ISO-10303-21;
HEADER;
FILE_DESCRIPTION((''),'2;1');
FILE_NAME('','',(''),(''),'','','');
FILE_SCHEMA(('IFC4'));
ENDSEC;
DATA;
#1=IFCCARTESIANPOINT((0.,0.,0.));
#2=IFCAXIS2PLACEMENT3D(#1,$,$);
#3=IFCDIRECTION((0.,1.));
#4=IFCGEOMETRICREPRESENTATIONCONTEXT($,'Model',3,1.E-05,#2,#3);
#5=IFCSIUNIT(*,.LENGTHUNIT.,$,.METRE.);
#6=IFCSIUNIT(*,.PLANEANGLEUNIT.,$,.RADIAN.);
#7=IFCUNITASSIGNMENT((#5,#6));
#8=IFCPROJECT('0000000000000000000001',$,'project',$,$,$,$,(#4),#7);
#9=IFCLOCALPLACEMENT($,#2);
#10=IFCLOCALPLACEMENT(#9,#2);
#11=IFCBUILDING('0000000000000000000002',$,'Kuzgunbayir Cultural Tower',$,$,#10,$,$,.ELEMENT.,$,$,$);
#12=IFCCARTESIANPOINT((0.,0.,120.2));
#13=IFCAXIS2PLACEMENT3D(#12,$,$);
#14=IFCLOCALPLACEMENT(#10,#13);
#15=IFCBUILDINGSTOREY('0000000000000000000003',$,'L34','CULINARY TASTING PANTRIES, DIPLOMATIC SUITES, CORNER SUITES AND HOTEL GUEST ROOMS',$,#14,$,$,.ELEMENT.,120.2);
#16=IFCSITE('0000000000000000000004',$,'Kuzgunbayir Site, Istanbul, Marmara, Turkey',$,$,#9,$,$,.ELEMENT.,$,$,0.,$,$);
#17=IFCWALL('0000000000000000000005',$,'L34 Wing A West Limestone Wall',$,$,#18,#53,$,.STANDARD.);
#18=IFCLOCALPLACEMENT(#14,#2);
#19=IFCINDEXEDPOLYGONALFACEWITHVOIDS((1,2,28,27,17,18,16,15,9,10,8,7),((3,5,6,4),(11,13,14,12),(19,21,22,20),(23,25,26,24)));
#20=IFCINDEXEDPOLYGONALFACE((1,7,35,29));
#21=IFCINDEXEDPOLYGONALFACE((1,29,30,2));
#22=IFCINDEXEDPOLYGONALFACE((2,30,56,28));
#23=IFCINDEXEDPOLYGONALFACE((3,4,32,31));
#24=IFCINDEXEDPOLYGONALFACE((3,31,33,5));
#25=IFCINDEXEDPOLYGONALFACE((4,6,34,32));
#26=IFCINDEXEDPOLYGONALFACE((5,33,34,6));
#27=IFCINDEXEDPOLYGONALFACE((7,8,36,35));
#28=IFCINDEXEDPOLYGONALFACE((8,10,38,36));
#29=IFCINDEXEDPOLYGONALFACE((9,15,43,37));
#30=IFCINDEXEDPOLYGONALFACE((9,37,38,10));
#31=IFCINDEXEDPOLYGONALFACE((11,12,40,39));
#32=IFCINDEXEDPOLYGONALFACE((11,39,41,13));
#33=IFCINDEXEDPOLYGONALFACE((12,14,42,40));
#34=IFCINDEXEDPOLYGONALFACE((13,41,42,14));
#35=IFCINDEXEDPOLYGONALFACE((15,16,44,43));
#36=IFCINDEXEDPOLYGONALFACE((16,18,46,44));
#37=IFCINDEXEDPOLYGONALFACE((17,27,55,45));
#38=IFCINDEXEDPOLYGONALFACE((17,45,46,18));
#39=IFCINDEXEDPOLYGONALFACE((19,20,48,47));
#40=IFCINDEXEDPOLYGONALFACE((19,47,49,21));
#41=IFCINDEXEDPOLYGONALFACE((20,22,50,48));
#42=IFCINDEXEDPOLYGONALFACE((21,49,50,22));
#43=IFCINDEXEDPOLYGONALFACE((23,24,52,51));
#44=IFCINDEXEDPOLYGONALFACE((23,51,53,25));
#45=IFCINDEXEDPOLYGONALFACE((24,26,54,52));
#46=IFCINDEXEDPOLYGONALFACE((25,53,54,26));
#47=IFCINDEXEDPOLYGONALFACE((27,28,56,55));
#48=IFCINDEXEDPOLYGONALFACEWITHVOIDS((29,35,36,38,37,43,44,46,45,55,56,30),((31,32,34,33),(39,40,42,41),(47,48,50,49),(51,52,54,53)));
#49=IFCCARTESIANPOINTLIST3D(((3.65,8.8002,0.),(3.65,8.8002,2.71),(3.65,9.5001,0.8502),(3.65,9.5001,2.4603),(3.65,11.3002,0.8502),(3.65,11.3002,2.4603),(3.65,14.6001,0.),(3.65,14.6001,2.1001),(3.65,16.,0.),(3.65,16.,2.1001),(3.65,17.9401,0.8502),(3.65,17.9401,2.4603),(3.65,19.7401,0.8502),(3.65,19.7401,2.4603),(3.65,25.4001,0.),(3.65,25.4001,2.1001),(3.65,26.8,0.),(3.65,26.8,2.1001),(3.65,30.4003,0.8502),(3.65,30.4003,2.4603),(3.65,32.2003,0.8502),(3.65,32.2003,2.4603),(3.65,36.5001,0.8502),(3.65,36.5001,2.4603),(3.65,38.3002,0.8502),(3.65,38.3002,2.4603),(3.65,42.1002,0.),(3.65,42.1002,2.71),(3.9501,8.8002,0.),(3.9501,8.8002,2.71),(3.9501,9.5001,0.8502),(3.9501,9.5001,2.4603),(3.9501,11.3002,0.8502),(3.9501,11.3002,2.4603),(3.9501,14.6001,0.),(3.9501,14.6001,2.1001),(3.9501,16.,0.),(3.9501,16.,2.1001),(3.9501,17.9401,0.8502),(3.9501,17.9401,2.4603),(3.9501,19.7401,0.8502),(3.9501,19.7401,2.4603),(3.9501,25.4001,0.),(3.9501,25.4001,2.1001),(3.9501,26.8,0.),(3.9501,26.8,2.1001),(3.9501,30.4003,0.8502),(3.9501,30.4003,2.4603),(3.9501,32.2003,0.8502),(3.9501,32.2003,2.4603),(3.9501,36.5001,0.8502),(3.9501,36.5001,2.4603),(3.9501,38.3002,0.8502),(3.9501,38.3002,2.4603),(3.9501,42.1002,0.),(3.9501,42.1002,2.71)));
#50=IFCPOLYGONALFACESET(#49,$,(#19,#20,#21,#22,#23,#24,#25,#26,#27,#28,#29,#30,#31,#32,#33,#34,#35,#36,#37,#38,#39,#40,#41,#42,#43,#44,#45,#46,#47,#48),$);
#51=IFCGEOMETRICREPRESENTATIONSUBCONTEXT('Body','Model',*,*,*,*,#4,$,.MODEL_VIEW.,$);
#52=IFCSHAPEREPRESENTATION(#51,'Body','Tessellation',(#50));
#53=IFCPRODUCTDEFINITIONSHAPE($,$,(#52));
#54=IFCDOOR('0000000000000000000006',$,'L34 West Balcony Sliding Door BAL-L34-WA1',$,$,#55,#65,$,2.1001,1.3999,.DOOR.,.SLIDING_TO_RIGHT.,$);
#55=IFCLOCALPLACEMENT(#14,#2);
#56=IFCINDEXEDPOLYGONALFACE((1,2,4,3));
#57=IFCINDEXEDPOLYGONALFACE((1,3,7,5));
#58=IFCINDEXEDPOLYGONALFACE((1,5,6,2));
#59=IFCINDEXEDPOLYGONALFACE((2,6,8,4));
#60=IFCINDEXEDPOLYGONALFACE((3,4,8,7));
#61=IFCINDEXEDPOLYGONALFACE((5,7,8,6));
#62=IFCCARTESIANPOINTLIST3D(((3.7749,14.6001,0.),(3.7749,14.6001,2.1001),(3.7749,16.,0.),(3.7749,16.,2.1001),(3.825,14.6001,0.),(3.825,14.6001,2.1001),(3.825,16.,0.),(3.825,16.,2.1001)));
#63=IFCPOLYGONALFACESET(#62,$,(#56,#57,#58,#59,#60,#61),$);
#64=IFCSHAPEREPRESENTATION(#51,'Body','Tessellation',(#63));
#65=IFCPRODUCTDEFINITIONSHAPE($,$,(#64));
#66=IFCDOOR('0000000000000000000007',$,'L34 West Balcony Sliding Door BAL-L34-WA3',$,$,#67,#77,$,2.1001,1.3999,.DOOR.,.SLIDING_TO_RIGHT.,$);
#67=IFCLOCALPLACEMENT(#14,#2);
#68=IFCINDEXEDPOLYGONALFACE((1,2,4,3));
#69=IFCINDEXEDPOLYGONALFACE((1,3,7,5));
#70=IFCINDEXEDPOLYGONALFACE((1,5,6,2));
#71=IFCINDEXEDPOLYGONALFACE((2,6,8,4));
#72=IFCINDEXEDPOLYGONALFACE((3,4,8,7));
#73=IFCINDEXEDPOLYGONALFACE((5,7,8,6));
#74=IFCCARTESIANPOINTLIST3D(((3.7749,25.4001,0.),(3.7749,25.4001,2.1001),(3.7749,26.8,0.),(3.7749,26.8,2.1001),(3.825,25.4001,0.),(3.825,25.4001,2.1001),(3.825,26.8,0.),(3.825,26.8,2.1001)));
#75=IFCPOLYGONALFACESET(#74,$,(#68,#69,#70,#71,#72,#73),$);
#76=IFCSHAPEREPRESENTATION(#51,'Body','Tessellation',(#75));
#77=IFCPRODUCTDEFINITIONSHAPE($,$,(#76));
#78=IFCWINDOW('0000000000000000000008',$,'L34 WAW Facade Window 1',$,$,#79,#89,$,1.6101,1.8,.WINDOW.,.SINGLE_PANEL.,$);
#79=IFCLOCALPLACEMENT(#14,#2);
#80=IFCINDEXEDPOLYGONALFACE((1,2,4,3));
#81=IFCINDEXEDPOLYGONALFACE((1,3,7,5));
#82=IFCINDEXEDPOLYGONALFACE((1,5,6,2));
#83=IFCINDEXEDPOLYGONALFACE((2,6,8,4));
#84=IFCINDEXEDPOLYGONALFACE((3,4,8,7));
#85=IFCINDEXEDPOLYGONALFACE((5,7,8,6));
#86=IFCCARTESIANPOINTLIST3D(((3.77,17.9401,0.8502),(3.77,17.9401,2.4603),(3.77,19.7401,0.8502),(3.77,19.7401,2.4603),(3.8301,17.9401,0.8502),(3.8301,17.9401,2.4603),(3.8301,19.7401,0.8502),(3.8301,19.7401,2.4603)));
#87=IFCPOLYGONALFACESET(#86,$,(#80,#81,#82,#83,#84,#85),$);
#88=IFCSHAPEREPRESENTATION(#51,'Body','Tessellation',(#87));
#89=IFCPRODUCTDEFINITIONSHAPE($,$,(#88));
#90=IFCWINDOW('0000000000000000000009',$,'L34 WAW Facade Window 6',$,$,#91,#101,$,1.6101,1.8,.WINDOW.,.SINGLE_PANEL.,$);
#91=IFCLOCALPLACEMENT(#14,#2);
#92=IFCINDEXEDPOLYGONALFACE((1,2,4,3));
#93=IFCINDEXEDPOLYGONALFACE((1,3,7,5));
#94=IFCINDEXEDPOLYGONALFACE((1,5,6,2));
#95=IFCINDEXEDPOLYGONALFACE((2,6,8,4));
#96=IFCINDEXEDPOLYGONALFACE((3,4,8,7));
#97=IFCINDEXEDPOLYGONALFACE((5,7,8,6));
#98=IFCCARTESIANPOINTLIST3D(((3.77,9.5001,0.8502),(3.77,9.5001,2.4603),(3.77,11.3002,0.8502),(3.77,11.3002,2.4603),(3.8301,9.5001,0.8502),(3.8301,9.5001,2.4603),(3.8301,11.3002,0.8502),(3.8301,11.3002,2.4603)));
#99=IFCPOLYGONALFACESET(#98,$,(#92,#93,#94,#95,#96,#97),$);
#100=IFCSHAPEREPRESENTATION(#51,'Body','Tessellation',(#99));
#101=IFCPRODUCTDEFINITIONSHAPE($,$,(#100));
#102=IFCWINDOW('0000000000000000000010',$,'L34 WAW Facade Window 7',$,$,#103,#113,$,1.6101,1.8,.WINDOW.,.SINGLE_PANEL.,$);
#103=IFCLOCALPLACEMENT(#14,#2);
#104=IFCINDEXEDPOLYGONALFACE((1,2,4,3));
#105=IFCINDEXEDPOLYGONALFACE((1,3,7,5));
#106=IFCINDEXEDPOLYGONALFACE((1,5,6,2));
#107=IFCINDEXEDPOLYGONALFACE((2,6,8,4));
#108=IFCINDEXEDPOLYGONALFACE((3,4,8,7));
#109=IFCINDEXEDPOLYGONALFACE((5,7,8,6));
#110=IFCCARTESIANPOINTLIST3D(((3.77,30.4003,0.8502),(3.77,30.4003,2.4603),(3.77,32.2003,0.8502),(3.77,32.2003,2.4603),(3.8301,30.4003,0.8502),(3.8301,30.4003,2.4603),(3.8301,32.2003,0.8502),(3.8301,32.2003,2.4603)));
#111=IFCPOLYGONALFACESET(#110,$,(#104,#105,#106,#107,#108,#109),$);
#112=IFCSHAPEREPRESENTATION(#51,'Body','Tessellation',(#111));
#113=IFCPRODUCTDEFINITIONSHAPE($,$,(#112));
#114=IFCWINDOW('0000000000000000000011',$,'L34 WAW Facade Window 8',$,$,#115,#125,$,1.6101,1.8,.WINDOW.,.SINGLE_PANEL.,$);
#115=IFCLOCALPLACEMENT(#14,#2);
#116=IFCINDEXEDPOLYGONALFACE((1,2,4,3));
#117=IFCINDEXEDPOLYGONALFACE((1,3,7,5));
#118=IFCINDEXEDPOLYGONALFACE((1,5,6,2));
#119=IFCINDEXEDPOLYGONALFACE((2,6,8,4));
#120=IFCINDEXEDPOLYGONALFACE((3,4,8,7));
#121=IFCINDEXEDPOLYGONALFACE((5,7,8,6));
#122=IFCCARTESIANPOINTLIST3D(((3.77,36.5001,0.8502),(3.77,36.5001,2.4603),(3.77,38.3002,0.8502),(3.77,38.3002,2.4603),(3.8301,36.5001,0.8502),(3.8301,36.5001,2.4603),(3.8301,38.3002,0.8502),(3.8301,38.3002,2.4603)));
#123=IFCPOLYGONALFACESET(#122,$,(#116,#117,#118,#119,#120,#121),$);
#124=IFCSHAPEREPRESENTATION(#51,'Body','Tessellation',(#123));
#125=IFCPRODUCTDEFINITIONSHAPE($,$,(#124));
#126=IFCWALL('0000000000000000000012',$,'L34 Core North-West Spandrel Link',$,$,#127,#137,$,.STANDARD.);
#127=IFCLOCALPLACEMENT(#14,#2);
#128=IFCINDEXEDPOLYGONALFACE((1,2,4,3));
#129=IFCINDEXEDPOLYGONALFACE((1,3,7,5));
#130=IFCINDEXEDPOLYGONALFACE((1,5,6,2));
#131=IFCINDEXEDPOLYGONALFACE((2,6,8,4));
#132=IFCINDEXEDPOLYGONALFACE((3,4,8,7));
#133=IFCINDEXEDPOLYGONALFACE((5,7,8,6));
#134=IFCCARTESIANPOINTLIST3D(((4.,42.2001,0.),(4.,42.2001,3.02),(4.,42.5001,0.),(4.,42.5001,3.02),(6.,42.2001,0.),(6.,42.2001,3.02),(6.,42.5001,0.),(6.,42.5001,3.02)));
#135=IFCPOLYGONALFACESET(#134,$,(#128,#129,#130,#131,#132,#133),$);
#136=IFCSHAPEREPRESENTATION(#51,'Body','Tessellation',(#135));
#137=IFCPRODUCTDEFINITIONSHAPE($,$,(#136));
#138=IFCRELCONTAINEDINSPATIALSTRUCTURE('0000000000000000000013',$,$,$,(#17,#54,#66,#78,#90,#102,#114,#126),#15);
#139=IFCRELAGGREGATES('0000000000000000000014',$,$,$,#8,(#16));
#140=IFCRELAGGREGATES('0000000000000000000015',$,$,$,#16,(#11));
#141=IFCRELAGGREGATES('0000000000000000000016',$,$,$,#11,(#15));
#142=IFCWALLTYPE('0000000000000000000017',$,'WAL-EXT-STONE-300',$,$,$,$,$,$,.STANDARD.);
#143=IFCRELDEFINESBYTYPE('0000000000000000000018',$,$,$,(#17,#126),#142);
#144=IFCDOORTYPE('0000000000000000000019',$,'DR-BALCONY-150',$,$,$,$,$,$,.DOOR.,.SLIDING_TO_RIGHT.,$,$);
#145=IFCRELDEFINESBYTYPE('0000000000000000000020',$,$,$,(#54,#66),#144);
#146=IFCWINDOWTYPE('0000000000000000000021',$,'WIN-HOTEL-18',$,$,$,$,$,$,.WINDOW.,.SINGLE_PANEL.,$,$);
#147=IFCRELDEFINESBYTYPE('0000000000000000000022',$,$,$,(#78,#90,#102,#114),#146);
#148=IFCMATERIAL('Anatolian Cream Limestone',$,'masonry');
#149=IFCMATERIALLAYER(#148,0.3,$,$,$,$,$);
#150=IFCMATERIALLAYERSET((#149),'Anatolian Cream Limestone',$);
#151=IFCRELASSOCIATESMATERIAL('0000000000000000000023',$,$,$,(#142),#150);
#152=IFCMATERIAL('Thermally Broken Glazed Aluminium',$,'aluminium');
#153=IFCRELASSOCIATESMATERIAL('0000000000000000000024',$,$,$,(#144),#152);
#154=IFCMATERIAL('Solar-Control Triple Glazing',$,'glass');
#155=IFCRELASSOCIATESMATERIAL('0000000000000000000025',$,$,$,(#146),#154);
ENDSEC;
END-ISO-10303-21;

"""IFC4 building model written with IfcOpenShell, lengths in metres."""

from ifc_helpers import new_model, si_unit, direction, frame, frame_2d, origin, place, context, subcontext, project, spatial, rectangle, extrude, material, layer, layer_set, type_object, element, fill, save


model = new_model("IFC4")

# Units and contexts
model_context = context("Model", 3, precision=1e-05, world=origin(), true_north=direction((0.0, 1.0)))
body_context = subcontext(model_context, "Body", "Model", "MODEL_VIEW")
ifc_project = project(units=[si_unit("LENGTHUNIT", "METRE"), si_unit("PLANEANGLEUNIT", "RADIAN")], contexts=[model_context])

# Site, building, storey
site_placement = place(None, origin())
site = spatial("IfcSite", under=ifc_project, at=site_placement, Name="Kuzgunbayir Site, Istanbul, Marmara, Turkey", CompositionType="ELEMENT", RefElevation=0.0)
building_placement = place(site_placement, origin())
building = spatial("IfcBuilding", under=site, at=building_placement, Name="Kuzgunbayir Cultural Tower", CompositionType="ELEMENT")
storey_placement = place(building_placement, frame((0.0, 0.0, 120.2)))
storey = spatial("IfcBuildingStorey", under=building, at=storey_placement, Name="L34", Description="CULINARY TASTING PANTRIES, DIPLOMATIC SUITES, CORNER SUITES AND HOTEL GUEST ROOMS", CompositionType="ELEMENT", Elevation=120.2)

# Wall, openings, doors, windows
ifc_material_1 = material(Name="Anatolian Cream Limestone", Category="masonry")
ifc_layer_1 = layer(ifc_material_1, 0.3)
ifc_layer_set_1 = layer_set([ifc_layer_1], Name="Anatolian Cream Limestone")
wall_type_1 = type_object("IfcWallType", Name="WAL-EXT-STONE-300", PredefinedType="STANDARD", material=ifc_layer_set_1)
wall_1_placement = place(storey_placement, frame((3.8, 42.1001, 0.0), z_axis=(0.0, 0.0, 1.0), x_axis=(0.0, -1.0, 0.0)))
wall_1 = element("IfcWall", 1, at=wall_1_placement, inside=storey, type_object=wall_type_1, Name="L34 Wing A West Limestone Wall", PredefinedType="STANDARD", context=body_context, shape_type="SweptSolid", body=[
    extrude(rectangle(XDim=33.3, YDim=0.3, at=frame_2d((16.6499, 0.0))), origin(), (0.0, 0.0, 1.0), 2.71),
])
opening_1_placement = place(wall_1_placement, frame((26.1001, 0.0, 0.0)))
opening_1 = element("IfcOpeningElement", 2, at=opening_1_placement, cuts=wall_1, PredefinedType="OPENING", context=body_context, shape_type="SweptSolid", body=[
    extrude(rectangle(XDim=1.3999, YDim=2.1001, at=frame_2d((0.7, 1.05))), frame((0.0, 0.1602, 0.0), z_axis=(0.0, -1.0, 0.0), x_axis=(1.0, 0.0, 0.0)), (0.0, 0.0, 1.0), 0.3201),
])
opening_2_placement = place(wall_1_placement, frame((15.3, 0.0, 0.0)))
opening_2 = element("IfcOpeningElement", 3, at=opening_2_placement, cuts=wall_1, PredefinedType="OPENING", context=body_context, shape_type="SweptSolid", body=[
    extrude(rectangle(XDim=1.3999, YDim=2.1001, at=frame_2d((0.7, 1.05))), frame((0.0, 0.1602, 0.0), z_axis=(0.0, -1.0, 0.0), x_axis=(1.0, 0.0, 0.0)), (0.0, 0.0, 1.0), 0.3201),
])
opening_3_placement = place(wall_1_placement, frame((22.3601, 0.0, 0.8501)))
opening_3 = element("IfcOpeningElement", 4, at=opening_3_placement, cuts=wall_1, PredefinedType="OPENING", context=body_context, shape_type="SweptSolid", body=[
    extrude(rectangle(XDim=1.8, YDim=1.6101, at=frame_2d((0.8999, 0.8052))), frame((0.0, 0.1602, 0.0), z_axis=(0.0, -1.0, 0.0), x_axis=(1.0, 0.0, 0.0)), (0.0, 0.0, 1.0), 0.3201),
])
opening_4_placement = place(wall_1_placement, frame((30.8, 0.0, 0.8501)))
opening_4 = element("IfcOpeningElement", 5, at=opening_4_placement, cuts=wall_1, PredefinedType="OPENING", context=body_context, shape_type="SweptSolid", body=[
    extrude(rectangle(XDim=1.8, YDim=1.6101, at=frame_2d((0.8999, 0.8052))), frame((0.0, 0.1602, 0.0), z_axis=(0.0, -1.0, 0.0), x_axis=(1.0, 0.0, 0.0)), (0.0, 0.0, 1.0), 0.3201),
])
opening_5_placement = place(wall_1_placement, frame((9.8999, 0.0, 0.8501)))
opening_5 = element("IfcOpeningElement", 6, at=opening_5_placement, cuts=wall_1, PredefinedType="OPENING", context=body_context, shape_type="SweptSolid", body=[
    extrude(rectangle(XDim=1.8, YDim=1.6101, at=frame_2d((0.8999, 0.8052))), frame((0.0, 0.1602, 0.0), z_axis=(0.0, -1.0, 0.0), x_axis=(1.0, 0.0, 0.0)), (0.0, 0.0, 1.0), 0.3201),
])
opening_6_placement = place(wall_1_placement, frame((3.8, 0.0, 0.8501)))
opening_6 = element("IfcOpeningElement", 7, at=opening_6_placement, cuts=wall_1, PredefinedType="OPENING", context=body_context, shape_type="SweptSolid", body=[
    extrude(rectangle(XDim=1.8, YDim=1.6101, at=frame_2d((0.8999, 0.8052))), frame((0.0, 0.1602, 0.0), z_axis=(0.0, -1.0, 0.0), x_axis=(1.0, 0.0, 0.0)), (0.0, 0.0, 1.0), 0.3201),
])
ifc_material_2 = material(Name="Thermally Broken Glazed Aluminium", Category="aluminium")
door_type = type_object("IfcDoorType", Name="DR-BALCONY-150", OperationType="SLIDING_TO_RIGHT", PredefinedType="DOOR", material=ifc_material_2)
door_1_placement = place(opening_1_placement, origin())
door_1 = element("IfcDoor", 8, at=door_1_placement, inside=storey, type_object=door_type, Name="L34 West Balcony Sliding Door BAL-L34-WA1", OperationType="SLIDING_TO_RIGHT", OverallHeight=2.1001, OverallWidth=1.3999, PredefinedType="DOOR", context=body_context, shape_type="SweptSolid", body=[
    extrude(rectangle(XDim=1.3999, YDim=2.1001, at=frame_2d((0.7, 1.05))), frame((0.0, 0.0249, 0.0), z_axis=(0.0, -1.0, 0.0), x_axis=(1.0, 0.0, 0.0)), (0.0, 0.0, 1.0), 0.05),
])
fill(opening_1, door_1)
door_2_placement = place(opening_2_placement, origin())
door_2 = element("IfcDoor", 9, at=door_2_placement, inside=storey, type_object=door_type, Name="L34 West Balcony Sliding Door BAL-L34-WA3", OperationType="SLIDING_TO_RIGHT", OverallHeight=2.1001, OverallWidth=1.3999, PredefinedType="DOOR", context=body_context, shape_type="SweptSolid", body=[
    extrude(rectangle(XDim=1.3999, YDim=2.1001, at=frame_2d((0.7, 1.05))), frame((0.0, 0.0249, 0.0), z_axis=(0.0, -1.0, 0.0), x_axis=(1.0, 0.0, 0.0)), (0.0, 0.0, 1.0), 0.05),
])
fill(opening_2, door_2)
ifc_material_3 = material(Name="Solar-Control Triple Glazing", Category="glass")
window_type = type_object("IfcWindowType", Name="WIN-HOTEL-18", PartitioningType="SINGLE_PANEL", PredefinedType="WINDOW", material=ifc_material_3)
window_1_placement = place(opening_3_placement, origin())
window_1 = element("IfcWindow", 10, at=window_1_placement, inside=storey, type_object=window_type, Name="L34 WAW Facade Window 1", OverallHeight=1.6101, OverallWidth=1.8, PartitioningType="SINGLE_PANEL", PredefinedType="WINDOW", context=body_context, shape_type="SweptSolid", body=[
    extrude(rectangle(XDim=1.8, YDim=1.6101, at=frame_2d((0.8999, 0.8052))), frame((0.0, 0.03, 0.0), z_axis=(0.0, -1.0, 0.0), x_axis=(1.0, 0.0, 0.0)), (0.0, 0.0, 1.0), 0.0601),
])
fill(opening_3, window_1)
window_2_placement = place(opening_4_placement, origin())
window_2 = element("IfcWindow", 11, at=window_2_placement, inside=storey, type_object=window_type, Name="L34 WAW Facade Window 6", OverallHeight=1.6101, OverallWidth=1.8, PartitioningType="SINGLE_PANEL", PredefinedType="WINDOW", context=body_context, shape_type="SweptSolid", body=[
    extrude(rectangle(XDim=1.8, YDim=1.6101, at=frame_2d((0.8999, 0.8052))), frame((0.0, 0.03, 0.0), z_axis=(0.0, -1.0, 0.0), x_axis=(1.0, 0.0, 0.0)), (0.0, 0.0, 1.0), 0.0601),
])
fill(opening_4, window_2)
window_3_placement = place(opening_5_placement, origin())
window_3 = element("IfcWindow", 12, at=window_3_placement, inside=storey, type_object=window_type, Name="L34 WAW Facade Window 7", OverallHeight=1.6101, OverallWidth=1.8, PartitioningType="SINGLE_PANEL", PredefinedType="WINDOW", context=body_context, shape_type="SweptSolid", body=[
    extrude(rectangle(XDim=1.8, YDim=1.6101, at=frame_2d((0.8999, 0.8052))), frame((0.0, 0.03, 0.0), z_axis=(0.0, -1.0, 0.0), x_axis=(1.0, 0.0, 0.0)), (0.0, 0.0, 1.0), 0.0601),
])
fill(opening_5, window_3)
window_4_placement = place(opening_6_placement, origin())
window_4 = element("IfcWindow", 13, at=window_4_placement, inside=storey, type_object=window_type, Name="L34 WAW Facade Window 8", OverallHeight=1.6101, OverallWidth=1.8, PartitioningType="SINGLE_PANEL", PredefinedType="WINDOW", context=body_context, shape_type="SweptSolid", body=[
    extrude(rectangle(XDim=1.8, YDim=1.6101, at=frame_2d((0.8999, 0.8052))), frame((0.0, 0.03, 0.0), z_axis=(0.0, -1.0, 0.0), x_axis=(1.0, 0.0, 0.0)), (0.0, 0.0, 1.0), 0.0601),
])
fill(opening_6, window_4)

# Wall
wall_2_placement = place(storey_placement, frame((6.0, 42.3501, 0.0), z_axis=(0.0, 0.0, 1.0), x_axis=(-1.0, 0.0, 0.0)))
element("IfcWall", 14, at=wall_2_placement, inside=storey, type_object=wall_type_1, Name="L34 Core North-West Spandrel Link", PredefinedType="STANDARD", context=body_context, shape_type="SweptSolid", body=[
    extrude(rectangle(XDim=2.0, YDim=0.3, at=frame_2d((1.0, 0.0))), origin(), (0.0, 0.0, 1.0), 3.02),
])

save(model, "model.ifc")
